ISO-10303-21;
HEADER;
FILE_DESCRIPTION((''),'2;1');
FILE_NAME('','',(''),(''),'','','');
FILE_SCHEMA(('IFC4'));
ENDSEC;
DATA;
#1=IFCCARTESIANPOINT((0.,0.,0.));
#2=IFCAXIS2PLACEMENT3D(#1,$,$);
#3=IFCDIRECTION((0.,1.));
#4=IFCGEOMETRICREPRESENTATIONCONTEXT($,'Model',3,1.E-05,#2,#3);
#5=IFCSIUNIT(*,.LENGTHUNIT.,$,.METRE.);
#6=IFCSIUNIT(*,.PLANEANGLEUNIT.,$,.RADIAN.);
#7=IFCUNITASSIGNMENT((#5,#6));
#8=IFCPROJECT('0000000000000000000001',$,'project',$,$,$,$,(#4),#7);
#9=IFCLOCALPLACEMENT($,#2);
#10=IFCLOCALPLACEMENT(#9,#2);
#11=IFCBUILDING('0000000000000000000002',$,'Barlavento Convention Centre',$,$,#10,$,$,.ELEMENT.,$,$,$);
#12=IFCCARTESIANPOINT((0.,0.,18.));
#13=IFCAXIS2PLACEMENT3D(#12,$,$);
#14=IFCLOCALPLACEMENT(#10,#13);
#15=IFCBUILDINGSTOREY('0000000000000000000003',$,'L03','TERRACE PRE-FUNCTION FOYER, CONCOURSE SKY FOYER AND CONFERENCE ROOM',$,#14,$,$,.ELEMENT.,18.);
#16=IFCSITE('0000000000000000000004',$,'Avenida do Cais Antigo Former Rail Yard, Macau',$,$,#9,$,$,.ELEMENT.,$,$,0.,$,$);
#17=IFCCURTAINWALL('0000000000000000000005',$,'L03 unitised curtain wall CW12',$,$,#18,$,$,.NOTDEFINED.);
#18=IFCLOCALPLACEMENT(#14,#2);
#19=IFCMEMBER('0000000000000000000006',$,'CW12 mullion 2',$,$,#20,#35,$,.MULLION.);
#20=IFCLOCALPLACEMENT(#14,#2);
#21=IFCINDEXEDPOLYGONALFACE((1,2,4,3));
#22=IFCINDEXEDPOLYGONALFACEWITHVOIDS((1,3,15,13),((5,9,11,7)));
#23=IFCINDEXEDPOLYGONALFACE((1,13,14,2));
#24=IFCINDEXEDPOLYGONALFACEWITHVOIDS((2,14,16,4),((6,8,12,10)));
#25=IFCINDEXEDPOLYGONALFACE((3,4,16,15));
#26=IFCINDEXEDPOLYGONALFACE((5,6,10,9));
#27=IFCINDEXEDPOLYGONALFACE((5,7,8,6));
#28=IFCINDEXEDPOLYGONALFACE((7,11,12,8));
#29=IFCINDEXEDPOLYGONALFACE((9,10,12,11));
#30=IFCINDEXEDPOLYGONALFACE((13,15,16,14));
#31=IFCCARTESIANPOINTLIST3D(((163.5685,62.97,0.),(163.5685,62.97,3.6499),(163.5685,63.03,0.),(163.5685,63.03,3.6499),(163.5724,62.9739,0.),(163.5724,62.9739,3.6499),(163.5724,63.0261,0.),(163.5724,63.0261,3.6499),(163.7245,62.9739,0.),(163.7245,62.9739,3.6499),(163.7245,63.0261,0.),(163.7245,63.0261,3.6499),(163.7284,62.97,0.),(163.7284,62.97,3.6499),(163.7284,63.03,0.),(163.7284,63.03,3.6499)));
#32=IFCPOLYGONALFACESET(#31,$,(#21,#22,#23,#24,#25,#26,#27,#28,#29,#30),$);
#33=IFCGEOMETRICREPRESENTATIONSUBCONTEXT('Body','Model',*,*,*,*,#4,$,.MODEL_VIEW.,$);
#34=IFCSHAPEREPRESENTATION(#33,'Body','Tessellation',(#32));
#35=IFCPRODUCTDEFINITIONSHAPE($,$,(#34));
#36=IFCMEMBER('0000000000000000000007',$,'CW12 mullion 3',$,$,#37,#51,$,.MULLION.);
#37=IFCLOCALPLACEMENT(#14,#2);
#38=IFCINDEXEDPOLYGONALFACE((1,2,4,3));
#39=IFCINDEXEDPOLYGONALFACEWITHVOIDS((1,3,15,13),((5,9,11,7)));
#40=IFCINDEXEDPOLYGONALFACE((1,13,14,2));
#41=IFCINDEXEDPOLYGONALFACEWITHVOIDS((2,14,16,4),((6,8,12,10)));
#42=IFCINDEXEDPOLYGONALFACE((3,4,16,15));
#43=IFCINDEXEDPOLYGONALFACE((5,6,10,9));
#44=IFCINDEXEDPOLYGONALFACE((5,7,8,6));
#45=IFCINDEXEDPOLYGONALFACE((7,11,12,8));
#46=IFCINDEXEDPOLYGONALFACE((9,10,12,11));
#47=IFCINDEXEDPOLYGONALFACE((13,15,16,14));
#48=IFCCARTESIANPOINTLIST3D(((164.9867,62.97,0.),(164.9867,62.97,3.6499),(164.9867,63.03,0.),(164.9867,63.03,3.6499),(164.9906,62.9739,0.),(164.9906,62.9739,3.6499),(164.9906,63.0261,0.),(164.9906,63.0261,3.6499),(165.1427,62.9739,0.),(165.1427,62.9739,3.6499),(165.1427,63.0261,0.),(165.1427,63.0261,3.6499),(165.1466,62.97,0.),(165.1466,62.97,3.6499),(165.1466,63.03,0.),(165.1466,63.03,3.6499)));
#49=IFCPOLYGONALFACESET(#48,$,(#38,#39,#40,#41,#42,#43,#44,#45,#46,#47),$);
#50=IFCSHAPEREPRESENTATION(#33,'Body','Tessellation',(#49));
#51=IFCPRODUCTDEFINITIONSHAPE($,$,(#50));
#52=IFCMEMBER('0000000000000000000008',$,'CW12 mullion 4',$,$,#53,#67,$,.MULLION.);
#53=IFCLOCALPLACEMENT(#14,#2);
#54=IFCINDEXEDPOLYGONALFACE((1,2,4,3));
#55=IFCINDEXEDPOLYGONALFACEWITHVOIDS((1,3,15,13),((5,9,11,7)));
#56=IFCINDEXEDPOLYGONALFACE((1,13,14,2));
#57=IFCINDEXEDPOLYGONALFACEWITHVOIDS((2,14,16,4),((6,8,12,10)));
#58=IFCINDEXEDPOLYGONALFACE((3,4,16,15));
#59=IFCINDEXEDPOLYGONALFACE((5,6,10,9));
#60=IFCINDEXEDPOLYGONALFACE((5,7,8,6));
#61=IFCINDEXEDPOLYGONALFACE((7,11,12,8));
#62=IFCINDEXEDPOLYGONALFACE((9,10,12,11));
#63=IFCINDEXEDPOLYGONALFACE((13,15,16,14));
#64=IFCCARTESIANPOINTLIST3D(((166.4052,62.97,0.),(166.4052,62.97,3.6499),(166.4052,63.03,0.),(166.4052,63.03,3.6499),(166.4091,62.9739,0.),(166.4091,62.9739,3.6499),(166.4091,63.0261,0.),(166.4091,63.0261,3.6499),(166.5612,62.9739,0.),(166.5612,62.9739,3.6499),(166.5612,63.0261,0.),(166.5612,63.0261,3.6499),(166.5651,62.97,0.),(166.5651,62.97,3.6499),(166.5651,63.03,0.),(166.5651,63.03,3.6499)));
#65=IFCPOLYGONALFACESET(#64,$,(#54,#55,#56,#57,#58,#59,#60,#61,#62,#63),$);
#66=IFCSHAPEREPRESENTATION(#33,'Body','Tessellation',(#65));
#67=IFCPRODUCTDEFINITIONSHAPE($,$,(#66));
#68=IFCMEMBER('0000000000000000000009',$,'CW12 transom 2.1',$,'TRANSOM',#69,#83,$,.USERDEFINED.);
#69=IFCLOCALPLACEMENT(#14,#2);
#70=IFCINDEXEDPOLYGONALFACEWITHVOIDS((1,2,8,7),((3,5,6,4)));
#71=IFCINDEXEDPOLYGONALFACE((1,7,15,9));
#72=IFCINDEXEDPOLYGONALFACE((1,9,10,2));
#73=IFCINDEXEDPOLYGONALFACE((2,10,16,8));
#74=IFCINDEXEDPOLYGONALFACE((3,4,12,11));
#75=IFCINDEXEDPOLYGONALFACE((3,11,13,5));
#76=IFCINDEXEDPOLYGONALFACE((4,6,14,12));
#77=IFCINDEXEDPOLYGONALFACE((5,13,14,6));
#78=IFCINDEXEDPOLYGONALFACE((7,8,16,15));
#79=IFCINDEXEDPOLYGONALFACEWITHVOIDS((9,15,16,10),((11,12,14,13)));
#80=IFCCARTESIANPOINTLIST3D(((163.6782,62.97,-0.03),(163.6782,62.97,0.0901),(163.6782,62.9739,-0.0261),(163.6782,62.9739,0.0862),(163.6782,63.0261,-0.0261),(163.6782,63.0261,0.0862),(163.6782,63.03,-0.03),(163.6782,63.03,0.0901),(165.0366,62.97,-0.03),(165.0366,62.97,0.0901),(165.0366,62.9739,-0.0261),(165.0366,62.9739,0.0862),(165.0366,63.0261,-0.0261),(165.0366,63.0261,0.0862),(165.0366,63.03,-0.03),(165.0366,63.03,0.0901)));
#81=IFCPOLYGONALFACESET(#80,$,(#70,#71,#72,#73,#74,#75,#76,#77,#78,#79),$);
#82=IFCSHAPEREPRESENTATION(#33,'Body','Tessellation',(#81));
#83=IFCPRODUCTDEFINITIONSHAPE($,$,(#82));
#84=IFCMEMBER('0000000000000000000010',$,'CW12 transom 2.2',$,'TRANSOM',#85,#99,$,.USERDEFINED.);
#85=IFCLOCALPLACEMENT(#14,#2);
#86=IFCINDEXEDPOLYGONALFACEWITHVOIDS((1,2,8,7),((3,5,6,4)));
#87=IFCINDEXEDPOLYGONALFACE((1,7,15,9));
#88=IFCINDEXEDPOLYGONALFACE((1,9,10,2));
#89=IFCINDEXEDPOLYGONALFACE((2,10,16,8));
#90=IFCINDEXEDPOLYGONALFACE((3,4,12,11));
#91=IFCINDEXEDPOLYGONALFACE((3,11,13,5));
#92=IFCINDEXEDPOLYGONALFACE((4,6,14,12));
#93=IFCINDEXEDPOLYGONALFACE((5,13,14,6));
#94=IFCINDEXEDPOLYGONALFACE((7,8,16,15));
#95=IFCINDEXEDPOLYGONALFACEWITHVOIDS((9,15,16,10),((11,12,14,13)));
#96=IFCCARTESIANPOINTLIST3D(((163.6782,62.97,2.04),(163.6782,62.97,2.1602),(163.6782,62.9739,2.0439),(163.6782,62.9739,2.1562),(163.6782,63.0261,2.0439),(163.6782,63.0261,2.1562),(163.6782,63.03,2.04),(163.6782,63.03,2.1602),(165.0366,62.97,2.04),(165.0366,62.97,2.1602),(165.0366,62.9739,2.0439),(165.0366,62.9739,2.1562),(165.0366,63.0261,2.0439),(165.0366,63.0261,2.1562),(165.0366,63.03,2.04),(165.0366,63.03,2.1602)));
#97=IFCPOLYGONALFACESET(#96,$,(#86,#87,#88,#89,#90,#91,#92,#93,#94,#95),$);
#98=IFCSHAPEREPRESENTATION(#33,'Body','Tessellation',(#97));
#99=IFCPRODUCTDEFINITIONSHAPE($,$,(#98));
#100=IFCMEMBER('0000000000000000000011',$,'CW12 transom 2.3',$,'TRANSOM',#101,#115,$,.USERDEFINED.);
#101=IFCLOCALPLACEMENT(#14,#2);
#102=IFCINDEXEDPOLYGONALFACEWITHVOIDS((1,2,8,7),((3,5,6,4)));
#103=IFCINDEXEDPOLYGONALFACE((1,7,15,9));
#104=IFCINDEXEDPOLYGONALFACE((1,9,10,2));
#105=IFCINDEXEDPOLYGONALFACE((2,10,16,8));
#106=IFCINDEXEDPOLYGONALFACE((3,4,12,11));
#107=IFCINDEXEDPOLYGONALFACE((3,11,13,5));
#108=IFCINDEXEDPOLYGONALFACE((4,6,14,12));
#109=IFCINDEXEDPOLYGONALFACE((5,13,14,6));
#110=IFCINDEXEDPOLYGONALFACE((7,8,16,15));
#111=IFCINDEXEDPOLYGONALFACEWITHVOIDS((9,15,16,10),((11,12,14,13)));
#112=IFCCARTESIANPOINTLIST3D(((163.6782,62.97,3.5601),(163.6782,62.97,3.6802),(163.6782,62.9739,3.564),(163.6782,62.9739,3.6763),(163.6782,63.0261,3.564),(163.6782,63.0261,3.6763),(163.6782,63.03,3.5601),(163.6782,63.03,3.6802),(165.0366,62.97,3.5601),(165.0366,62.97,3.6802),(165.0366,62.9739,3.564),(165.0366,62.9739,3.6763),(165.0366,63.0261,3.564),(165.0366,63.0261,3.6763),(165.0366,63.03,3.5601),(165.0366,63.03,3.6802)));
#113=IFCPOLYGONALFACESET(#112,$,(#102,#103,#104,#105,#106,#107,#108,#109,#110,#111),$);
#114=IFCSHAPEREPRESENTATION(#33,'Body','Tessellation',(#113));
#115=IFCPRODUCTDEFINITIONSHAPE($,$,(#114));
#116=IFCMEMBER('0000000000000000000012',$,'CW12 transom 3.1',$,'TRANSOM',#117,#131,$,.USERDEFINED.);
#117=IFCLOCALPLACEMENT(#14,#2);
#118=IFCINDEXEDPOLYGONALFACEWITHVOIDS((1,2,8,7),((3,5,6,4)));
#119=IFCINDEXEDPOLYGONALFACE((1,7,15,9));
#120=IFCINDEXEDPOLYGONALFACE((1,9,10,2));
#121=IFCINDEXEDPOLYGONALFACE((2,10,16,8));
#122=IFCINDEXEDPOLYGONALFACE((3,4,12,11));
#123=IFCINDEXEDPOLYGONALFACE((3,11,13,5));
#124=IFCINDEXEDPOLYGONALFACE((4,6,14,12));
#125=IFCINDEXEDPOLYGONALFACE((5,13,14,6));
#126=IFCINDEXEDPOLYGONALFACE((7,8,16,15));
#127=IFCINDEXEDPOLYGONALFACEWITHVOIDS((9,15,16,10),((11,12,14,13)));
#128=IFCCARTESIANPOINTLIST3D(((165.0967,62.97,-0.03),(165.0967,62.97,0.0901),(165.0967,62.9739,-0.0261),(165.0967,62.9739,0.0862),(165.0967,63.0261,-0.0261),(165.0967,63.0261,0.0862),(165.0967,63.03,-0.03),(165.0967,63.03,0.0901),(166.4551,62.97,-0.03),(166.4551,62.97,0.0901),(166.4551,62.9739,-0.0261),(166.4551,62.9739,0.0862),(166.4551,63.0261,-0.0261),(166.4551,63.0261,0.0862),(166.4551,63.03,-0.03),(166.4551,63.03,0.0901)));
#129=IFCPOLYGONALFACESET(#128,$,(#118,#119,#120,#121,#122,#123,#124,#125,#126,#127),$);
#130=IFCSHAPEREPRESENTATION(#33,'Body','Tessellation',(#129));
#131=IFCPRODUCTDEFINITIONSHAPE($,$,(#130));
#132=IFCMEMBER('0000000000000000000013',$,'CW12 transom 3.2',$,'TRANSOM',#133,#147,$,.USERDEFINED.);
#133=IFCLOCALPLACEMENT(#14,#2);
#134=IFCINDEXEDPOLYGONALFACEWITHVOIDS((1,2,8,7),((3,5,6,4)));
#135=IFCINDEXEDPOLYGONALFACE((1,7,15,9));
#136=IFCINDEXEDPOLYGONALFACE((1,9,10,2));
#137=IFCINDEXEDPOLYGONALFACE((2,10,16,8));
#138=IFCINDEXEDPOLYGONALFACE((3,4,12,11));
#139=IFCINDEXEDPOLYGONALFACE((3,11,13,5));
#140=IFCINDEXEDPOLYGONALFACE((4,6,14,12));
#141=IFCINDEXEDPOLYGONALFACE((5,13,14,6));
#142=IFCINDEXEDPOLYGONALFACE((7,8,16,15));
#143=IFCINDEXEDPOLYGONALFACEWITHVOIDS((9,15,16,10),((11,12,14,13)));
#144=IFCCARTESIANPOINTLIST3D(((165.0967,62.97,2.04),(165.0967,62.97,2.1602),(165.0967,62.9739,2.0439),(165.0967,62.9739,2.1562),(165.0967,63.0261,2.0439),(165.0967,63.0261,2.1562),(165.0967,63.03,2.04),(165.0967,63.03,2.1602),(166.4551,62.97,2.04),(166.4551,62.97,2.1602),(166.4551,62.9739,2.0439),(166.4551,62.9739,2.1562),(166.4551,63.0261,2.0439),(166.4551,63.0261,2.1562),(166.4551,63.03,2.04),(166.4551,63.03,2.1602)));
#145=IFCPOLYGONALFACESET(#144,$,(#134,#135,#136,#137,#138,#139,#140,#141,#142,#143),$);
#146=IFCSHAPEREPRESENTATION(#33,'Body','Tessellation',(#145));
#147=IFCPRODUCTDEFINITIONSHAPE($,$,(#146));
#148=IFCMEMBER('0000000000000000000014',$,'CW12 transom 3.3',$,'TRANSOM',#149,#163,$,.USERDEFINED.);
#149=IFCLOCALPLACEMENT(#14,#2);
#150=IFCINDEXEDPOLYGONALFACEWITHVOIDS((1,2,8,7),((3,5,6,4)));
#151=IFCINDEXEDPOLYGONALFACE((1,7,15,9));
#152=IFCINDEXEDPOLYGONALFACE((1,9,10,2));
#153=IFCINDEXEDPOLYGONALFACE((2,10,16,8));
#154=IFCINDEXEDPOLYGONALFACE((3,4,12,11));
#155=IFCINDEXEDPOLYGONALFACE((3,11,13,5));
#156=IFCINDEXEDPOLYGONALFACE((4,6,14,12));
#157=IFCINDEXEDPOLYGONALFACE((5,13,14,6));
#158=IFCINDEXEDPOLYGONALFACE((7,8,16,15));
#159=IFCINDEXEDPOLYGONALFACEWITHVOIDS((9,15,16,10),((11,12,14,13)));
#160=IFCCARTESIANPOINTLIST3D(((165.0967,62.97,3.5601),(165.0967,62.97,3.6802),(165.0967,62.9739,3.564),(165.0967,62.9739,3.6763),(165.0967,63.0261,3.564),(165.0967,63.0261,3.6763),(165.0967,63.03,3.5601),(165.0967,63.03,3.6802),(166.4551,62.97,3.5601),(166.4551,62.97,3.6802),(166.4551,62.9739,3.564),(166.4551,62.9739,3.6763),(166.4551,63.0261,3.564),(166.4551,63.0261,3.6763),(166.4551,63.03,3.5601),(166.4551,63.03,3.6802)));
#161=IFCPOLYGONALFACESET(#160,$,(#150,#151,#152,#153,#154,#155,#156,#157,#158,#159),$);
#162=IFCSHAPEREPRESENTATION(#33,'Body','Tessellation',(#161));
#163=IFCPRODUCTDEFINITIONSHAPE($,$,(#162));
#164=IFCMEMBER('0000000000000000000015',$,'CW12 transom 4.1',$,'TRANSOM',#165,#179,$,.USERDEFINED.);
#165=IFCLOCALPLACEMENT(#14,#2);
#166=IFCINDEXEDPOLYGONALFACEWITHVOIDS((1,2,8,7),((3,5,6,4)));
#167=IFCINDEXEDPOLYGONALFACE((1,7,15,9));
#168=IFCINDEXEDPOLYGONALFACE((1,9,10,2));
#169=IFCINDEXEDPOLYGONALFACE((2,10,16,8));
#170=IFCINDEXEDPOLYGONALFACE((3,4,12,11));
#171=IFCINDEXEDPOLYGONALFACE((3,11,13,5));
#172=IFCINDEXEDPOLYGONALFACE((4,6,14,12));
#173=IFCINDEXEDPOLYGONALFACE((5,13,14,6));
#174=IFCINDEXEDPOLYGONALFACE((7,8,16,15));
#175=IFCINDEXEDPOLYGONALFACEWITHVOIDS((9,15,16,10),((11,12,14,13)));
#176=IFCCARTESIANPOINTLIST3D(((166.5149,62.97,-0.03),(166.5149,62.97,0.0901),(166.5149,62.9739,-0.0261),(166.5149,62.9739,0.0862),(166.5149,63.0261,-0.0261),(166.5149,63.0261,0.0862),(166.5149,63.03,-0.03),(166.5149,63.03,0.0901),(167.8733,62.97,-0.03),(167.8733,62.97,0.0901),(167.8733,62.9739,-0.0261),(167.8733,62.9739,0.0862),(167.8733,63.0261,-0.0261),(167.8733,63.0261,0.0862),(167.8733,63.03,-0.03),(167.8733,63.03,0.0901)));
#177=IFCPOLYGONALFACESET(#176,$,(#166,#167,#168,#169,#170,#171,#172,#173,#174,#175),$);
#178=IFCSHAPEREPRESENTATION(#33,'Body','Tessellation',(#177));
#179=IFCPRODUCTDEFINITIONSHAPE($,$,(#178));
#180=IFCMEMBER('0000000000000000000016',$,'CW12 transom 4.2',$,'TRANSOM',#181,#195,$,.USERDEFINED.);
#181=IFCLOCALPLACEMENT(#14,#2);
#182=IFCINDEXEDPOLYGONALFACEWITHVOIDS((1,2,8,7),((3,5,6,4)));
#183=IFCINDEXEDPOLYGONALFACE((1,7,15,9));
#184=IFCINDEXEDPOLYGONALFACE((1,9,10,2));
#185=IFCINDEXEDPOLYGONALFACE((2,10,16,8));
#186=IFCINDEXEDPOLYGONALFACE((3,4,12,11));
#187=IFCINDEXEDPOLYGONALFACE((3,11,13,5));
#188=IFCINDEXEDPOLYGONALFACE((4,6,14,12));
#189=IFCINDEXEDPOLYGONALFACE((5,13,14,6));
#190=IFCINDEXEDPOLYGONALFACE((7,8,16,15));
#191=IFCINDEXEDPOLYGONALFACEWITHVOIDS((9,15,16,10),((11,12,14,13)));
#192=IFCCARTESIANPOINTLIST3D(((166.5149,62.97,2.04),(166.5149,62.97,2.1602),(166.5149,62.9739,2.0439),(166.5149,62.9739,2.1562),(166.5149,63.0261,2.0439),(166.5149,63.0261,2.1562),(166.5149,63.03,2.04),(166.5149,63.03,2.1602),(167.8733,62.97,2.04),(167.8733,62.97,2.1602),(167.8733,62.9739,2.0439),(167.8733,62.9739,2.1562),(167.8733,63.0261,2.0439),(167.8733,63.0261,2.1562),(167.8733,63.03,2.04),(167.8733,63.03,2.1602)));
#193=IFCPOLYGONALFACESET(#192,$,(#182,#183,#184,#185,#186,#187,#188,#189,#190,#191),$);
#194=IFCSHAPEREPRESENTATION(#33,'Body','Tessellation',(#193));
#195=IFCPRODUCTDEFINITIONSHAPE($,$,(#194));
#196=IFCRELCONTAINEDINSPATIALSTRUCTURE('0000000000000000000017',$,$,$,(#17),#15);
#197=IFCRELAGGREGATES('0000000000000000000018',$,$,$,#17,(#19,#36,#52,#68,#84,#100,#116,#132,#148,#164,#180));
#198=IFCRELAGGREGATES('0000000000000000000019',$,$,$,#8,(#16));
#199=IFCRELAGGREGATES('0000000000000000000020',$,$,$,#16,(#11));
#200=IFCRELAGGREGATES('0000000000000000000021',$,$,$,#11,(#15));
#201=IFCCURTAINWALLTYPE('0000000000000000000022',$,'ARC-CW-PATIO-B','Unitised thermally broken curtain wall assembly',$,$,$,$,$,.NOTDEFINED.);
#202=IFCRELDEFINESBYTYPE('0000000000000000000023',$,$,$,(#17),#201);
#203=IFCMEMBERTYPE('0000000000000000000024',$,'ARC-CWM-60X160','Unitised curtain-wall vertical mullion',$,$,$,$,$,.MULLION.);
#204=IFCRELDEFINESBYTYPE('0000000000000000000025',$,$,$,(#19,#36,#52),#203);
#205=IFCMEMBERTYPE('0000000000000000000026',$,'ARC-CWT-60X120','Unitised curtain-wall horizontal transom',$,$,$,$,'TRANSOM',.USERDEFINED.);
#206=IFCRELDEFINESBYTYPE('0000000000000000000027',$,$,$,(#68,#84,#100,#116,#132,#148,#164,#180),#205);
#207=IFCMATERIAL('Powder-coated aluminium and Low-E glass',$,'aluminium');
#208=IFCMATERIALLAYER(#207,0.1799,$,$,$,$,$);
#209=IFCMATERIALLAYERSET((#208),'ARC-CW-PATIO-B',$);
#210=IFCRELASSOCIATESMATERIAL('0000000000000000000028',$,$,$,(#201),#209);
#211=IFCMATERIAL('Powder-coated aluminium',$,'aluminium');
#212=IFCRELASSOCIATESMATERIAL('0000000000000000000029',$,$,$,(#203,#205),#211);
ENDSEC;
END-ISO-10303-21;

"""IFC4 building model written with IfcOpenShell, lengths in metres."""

from ifc_helpers import new_model, si_unit, direction, frame, origin, origin_2d, place, context, subcontext, project, spatial, hollow_rectangle, extrude, material, layer, layer_set, material_profile, profile_set, type_object, element, aggregate, save


model = new_model("IFC4")

# Units and contexts
model_context = context("Model", 3, precision=1e-05, world=origin(), true_north=direction((0.0, 1.0)))
body_context = subcontext(model_context, "Body", "Model", "MODEL_VIEW")
ifc_project = project(units=[si_unit("LENGTHUNIT", "METRE"), si_unit("PLANEANGLEUNIT", "RADIAN")], contexts=[model_context])

# Site, building, storey
site_placement = place(None, origin())
site = spatial("IfcSite", under=ifc_project, at=site_placement, Name="Avenida do Cais Antigo Former Rail Yard, Macau", CompositionType="ELEMENT", RefElevation=0.0)
building_placement = place(site_placement, origin())
building = spatial("IfcBuilding", under=site, at=building_placement, Name="Barlavento Convention Centre", CompositionType="ELEMENT")
storey_placement = place(building_placement, frame((0.0, 0.0, 18.0)))
storey = spatial("IfcBuildingStorey", under=building, at=storey_placement, Name="L03", Description="TERRACE PRE-FUNCTION FOYER, CONCOURSE SKY FOYER AND CONFERENCE ROOM", CompositionType="ELEMENT", Elevation=18.0)

# Curtain wall, members
ifc_material_1 = material(Name="Powder-coated aluminium and Low-E glass", Category="aluminium")
ifc_layer_1 = layer(ifc_material_1, 0.1799)
ifc_layer_set_1 = layer_set([ifc_layer_1], Name="ARC-CW-PATIO-B")
curtain_wall_type = type_object("IfcCurtainWallType", Name="ARC-CW-PATIO-B", Description="Unitised thermally broken curtain wall assembly", PredefinedType="NOTDEFINED", material=ifc_layer_set_1)
curtain_wall_placement = place(storey_placement, origin())
curtain_wall = element("IfcCurtainWall", 1, at=curtain_wall_placement, inside=storey, type_object=curtain_wall_type, Name="L03 unitised curtain wall CW12", PredefinedType="NOTDEFINED")
ifc_material_2 = material(Name="Powder-coated aluminium", Category="aluminium")
ifc_material_profile_1 = material_profile(ifc_material_2, hollow_rectangle(XDim=0.0601, YDim=0.1599, WallThickness=0.0039, at=origin_2d()), Name="AL-MULL 60x160x4")
ifc_profile_set_1 = profile_set([ifc_material_profile_1], Name="Powder-coated aluminium")
member_type_1 = type_object("IfcMemberType", Name="ARC-CWM-60X160", Description="Unitised curtain-wall vertical mullion", PredefinedType="MULLION", material=ifc_profile_set_1)
member_1_placement = place(storey_placement, frame((163.6484, 63.0, 0.0), z_axis=(0.0, 0.0, 1.0), x_axis=(0.0, 1.0, 0.0)))
member_1 = element("IfcMember", 2, at=member_1_placement, type_object=member_type_1, Name="CW12 mullion 2", PredefinedType="MULLION", context=body_context, shape_type="SweptSolid", body=[
    extrude(hollow_rectangle(XDim=0.0601, YDim=0.1599, WallThickness=0.0039, at=origin_2d()), origin(), (0.0, 0.0, 1.0), 3.6499),
])
member_2_placement = place(storey_placement, frame((165.0667, 63.0, 0.0), z_axis=(0.0, 0.0, 1.0), x_axis=(0.0, 1.0, 0.0)))
member_2 = element("IfcMember", 3, at=member_2_placement, type_object=member_type_1, Name="CW12 mullion 3", PredefinedType="MULLION", context=body_context, shape_type="SweptSolid", body=[
    extrude(hollow_rectangle(XDim=0.0601, YDim=0.1599, WallThickness=0.0039, at=origin_2d()), origin(), (0.0, 0.0, 1.0), 3.6499),
])
member_3_placement = place(storey_placement, frame((166.4851, 63.0, 0.0), z_axis=(0.0, 0.0, 1.0), x_axis=(0.0, 1.0, 0.0)))
member_3 = element("IfcMember", 4, at=member_3_placement, type_object=member_type_1, Name="CW12 mullion 4", PredefinedType="MULLION", context=body_context, shape_type="SweptSolid", body=[
    extrude(hollow_rectangle(XDim=0.0601, YDim=0.1599, WallThickness=0.0039, at=origin_2d()), origin(), (0.0, 0.0, 1.0), 3.6499),
])
ifc_material_profile_2 = material_profile(ifc_material_2, hollow_rectangle(XDim=0.0601, YDim=0.1201, WallThickness=0.0039, at=origin_2d()), Name="AL-TRAN 60x120x4")
ifc_profile_set_2 = profile_set([ifc_material_profile_2], Name="Powder-coated aluminium")
member_type_2 = type_object("IfcMemberType", Name="ARC-CWT-60X120", Description="Unitised curtain-wall horizontal transom", ElementType="TRANSOM", PredefinedType="USERDEFINED", material=ifc_profile_set_2)
member_4_placement = place(storey_placement, frame((163.6782, 63.0, 0.03), z_axis=(1.0, 0.0, 0.0), x_axis=(0.0, 1.0, 0.0)))
member_4 = element("IfcMember", 5, at=member_4_placement, type_object=member_type_2, Name="CW12 transom 2.1", ObjectType="TRANSOM", PredefinedType="USERDEFINED", context=body_context, shape_type="SweptSolid", body=[
    extrude(hollow_rectangle(XDim=0.0601, YDim=0.1201, WallThickness=0.0039, at=origin_2d()), origin(), (0.0, 0.0, 1.0), 1.3584),
])
member_5_placement = place(storey_placement, frame((163.6782, 63.0, 2.1001), z_axis=(1.0, 0.0, 0.0), x_axis=(0.0, 1.0, 0.0)))
member_5 = element("IfcMember", 6, at=member_5_placement, type_object=member_type_2, Name="CW12 transom 2.2", ObjectType="TRANSOM", PredefinedType="USERDEFINED", context=body_context, shape_type="SweptSolid", body=[
    extrude(hollow_rectangle(XDim=0.0601, YDim=0.1201, WallThickness=0.0039, at=origin_2d()), origin(), (0.0, 0.0, 1.0), 1.3584),
])
member_6_placement = place(storey_placement, frame((163.6782, 63.0, 3.6201), z_axis=(1.0, 0.0, 0.0), x_axis=(0.0, 1.0, 0.0)))
member_6 = element("IfcMember", 7, at=member_6_placement, type_object=member_type_2, Name="CW12 transom 2.3", ObjectType="TRANSOM", PredefinedType="USERDEFINED", context=body_context, shape_type="SweptSolid", body=[
    extrude(hollow_rectangle(XDim=0.0601, YDim=0.1201, WallThickness=0.0039, at=origin_2d()), origin(), (0.0, 0.0, 1.0), 1.3584),
])
member_7_placement = place(storey_placement, frame((165.0967, 63.0, 0.03), z_axis=(1.0, 0.0, 0.0), x_axis=(0.0, 1.0, 0.0)))
member_7 = element("IfcMember", 8, at=member_7_placement, type_object=member_type_2, Name="CW12 transom 3.1", ObjectType="TRANSOM", PredefinedType="USERDEFINED", context=body_context, shape_type="SweptSolid", body=[
    extrude(hollow_rectangle(XDim=0.0601, YDim=0.1201, WallThickness=0.0039, at=origin_2d()), origin(), (0.0, 0.0, 1.0), 1.3584),
])
member_8_placement = place(storey_placement, frame((165.0967, 63.0, 2.1001), z_axis=(1.0, 0.0, 0.0), x_axis=(0.0, 1.0, 0.0)))
member_8 = element("IfcMember", 9, at=member_8_placement, type_object=member_type_2, Name="CW12 transom 3.2", ObjectType="TRANSOM", PredefinedType="USERDEFINED", context=body_context, shape_type="SweptSolid", body=[
    extrude(hollow_rectangle(XDim=0.0601, YDim=0.1201, WallThickness=0.0039, at=origin_2d()), origin(), (0.0, 0.0, 1.0), 1.3584),
])
member_9_placement = place(storey_placement, frame((165.0967, 63.0, 3.6201), z_axis=(1.0, 0.0, 0.0), x_axis=(0.0, 1.0, 0.0)))
member_9 = element("IfcMember", 10, at=member_9_placement, type_object=member_type_2, Name="CW12 transom 3.3", ObjectType="TRANSOM", PredefinedType="USERDEFINED", context=body_context, shape_type="SweptSolid", body=[
    extrude(hollow_rectangle(XDim=0.0601, YDim=0.1201, WallThickness=0.0039, at=origin_2d()), origin(), (0.0, 0.0, 1.0), 1.3584),
])
member_10_placement = place(storey_placement, frame((166.5149, 63.0, 0.03), z_axis=(1.0, 0.0, 0.0), x_axis=(0.0, 1.0, 0.0)))
member_10 = element("IfcMember", 11, at=member_10_placement, type_object=member_type_2, Name="CW12 transom 4.1", ObjectType="TRANSOM", PredefinedType="USERDEFINED", context=body_context, shape_type="SweptSolid", body=[
    extrude(hollow_rectangle(XDim=0.0601, YDim=0.1201, WallThickness=0.0039, at=origin_2d()), origin(), (0.0, 0.0, 1.0), 1.3584),
])
member_11_placement = place(storey_placement, frame((166.5149, 63.0, 2.1001), z_axis=(1.0, 0.0, 0.0), x_axis=(0.0, 1.0, 0.0)))
member_11 = element("IfcMember", 12, at=member_11_placement, type_object=member_type_2, Name="CW12 transom 4.2", ObjectType="TRANSOM", PredefinedType="USERDEFINED", context=body_context, shape_type="SweptSolid", body=[
    extrude(hollow_rectangle(XDim=0.0601, YDim=0.1201, WallThickness=0.0039, at=origin_2d()), origin(), (0.0, 0.0, 1.0), 1.3584),
])
aggregate(curtain_wall, [member_1, member_2, member_3, member_4, member_5, member_6, member_7, member_8, member_9, member_10, member_11])

save(model, "model.ifc")
